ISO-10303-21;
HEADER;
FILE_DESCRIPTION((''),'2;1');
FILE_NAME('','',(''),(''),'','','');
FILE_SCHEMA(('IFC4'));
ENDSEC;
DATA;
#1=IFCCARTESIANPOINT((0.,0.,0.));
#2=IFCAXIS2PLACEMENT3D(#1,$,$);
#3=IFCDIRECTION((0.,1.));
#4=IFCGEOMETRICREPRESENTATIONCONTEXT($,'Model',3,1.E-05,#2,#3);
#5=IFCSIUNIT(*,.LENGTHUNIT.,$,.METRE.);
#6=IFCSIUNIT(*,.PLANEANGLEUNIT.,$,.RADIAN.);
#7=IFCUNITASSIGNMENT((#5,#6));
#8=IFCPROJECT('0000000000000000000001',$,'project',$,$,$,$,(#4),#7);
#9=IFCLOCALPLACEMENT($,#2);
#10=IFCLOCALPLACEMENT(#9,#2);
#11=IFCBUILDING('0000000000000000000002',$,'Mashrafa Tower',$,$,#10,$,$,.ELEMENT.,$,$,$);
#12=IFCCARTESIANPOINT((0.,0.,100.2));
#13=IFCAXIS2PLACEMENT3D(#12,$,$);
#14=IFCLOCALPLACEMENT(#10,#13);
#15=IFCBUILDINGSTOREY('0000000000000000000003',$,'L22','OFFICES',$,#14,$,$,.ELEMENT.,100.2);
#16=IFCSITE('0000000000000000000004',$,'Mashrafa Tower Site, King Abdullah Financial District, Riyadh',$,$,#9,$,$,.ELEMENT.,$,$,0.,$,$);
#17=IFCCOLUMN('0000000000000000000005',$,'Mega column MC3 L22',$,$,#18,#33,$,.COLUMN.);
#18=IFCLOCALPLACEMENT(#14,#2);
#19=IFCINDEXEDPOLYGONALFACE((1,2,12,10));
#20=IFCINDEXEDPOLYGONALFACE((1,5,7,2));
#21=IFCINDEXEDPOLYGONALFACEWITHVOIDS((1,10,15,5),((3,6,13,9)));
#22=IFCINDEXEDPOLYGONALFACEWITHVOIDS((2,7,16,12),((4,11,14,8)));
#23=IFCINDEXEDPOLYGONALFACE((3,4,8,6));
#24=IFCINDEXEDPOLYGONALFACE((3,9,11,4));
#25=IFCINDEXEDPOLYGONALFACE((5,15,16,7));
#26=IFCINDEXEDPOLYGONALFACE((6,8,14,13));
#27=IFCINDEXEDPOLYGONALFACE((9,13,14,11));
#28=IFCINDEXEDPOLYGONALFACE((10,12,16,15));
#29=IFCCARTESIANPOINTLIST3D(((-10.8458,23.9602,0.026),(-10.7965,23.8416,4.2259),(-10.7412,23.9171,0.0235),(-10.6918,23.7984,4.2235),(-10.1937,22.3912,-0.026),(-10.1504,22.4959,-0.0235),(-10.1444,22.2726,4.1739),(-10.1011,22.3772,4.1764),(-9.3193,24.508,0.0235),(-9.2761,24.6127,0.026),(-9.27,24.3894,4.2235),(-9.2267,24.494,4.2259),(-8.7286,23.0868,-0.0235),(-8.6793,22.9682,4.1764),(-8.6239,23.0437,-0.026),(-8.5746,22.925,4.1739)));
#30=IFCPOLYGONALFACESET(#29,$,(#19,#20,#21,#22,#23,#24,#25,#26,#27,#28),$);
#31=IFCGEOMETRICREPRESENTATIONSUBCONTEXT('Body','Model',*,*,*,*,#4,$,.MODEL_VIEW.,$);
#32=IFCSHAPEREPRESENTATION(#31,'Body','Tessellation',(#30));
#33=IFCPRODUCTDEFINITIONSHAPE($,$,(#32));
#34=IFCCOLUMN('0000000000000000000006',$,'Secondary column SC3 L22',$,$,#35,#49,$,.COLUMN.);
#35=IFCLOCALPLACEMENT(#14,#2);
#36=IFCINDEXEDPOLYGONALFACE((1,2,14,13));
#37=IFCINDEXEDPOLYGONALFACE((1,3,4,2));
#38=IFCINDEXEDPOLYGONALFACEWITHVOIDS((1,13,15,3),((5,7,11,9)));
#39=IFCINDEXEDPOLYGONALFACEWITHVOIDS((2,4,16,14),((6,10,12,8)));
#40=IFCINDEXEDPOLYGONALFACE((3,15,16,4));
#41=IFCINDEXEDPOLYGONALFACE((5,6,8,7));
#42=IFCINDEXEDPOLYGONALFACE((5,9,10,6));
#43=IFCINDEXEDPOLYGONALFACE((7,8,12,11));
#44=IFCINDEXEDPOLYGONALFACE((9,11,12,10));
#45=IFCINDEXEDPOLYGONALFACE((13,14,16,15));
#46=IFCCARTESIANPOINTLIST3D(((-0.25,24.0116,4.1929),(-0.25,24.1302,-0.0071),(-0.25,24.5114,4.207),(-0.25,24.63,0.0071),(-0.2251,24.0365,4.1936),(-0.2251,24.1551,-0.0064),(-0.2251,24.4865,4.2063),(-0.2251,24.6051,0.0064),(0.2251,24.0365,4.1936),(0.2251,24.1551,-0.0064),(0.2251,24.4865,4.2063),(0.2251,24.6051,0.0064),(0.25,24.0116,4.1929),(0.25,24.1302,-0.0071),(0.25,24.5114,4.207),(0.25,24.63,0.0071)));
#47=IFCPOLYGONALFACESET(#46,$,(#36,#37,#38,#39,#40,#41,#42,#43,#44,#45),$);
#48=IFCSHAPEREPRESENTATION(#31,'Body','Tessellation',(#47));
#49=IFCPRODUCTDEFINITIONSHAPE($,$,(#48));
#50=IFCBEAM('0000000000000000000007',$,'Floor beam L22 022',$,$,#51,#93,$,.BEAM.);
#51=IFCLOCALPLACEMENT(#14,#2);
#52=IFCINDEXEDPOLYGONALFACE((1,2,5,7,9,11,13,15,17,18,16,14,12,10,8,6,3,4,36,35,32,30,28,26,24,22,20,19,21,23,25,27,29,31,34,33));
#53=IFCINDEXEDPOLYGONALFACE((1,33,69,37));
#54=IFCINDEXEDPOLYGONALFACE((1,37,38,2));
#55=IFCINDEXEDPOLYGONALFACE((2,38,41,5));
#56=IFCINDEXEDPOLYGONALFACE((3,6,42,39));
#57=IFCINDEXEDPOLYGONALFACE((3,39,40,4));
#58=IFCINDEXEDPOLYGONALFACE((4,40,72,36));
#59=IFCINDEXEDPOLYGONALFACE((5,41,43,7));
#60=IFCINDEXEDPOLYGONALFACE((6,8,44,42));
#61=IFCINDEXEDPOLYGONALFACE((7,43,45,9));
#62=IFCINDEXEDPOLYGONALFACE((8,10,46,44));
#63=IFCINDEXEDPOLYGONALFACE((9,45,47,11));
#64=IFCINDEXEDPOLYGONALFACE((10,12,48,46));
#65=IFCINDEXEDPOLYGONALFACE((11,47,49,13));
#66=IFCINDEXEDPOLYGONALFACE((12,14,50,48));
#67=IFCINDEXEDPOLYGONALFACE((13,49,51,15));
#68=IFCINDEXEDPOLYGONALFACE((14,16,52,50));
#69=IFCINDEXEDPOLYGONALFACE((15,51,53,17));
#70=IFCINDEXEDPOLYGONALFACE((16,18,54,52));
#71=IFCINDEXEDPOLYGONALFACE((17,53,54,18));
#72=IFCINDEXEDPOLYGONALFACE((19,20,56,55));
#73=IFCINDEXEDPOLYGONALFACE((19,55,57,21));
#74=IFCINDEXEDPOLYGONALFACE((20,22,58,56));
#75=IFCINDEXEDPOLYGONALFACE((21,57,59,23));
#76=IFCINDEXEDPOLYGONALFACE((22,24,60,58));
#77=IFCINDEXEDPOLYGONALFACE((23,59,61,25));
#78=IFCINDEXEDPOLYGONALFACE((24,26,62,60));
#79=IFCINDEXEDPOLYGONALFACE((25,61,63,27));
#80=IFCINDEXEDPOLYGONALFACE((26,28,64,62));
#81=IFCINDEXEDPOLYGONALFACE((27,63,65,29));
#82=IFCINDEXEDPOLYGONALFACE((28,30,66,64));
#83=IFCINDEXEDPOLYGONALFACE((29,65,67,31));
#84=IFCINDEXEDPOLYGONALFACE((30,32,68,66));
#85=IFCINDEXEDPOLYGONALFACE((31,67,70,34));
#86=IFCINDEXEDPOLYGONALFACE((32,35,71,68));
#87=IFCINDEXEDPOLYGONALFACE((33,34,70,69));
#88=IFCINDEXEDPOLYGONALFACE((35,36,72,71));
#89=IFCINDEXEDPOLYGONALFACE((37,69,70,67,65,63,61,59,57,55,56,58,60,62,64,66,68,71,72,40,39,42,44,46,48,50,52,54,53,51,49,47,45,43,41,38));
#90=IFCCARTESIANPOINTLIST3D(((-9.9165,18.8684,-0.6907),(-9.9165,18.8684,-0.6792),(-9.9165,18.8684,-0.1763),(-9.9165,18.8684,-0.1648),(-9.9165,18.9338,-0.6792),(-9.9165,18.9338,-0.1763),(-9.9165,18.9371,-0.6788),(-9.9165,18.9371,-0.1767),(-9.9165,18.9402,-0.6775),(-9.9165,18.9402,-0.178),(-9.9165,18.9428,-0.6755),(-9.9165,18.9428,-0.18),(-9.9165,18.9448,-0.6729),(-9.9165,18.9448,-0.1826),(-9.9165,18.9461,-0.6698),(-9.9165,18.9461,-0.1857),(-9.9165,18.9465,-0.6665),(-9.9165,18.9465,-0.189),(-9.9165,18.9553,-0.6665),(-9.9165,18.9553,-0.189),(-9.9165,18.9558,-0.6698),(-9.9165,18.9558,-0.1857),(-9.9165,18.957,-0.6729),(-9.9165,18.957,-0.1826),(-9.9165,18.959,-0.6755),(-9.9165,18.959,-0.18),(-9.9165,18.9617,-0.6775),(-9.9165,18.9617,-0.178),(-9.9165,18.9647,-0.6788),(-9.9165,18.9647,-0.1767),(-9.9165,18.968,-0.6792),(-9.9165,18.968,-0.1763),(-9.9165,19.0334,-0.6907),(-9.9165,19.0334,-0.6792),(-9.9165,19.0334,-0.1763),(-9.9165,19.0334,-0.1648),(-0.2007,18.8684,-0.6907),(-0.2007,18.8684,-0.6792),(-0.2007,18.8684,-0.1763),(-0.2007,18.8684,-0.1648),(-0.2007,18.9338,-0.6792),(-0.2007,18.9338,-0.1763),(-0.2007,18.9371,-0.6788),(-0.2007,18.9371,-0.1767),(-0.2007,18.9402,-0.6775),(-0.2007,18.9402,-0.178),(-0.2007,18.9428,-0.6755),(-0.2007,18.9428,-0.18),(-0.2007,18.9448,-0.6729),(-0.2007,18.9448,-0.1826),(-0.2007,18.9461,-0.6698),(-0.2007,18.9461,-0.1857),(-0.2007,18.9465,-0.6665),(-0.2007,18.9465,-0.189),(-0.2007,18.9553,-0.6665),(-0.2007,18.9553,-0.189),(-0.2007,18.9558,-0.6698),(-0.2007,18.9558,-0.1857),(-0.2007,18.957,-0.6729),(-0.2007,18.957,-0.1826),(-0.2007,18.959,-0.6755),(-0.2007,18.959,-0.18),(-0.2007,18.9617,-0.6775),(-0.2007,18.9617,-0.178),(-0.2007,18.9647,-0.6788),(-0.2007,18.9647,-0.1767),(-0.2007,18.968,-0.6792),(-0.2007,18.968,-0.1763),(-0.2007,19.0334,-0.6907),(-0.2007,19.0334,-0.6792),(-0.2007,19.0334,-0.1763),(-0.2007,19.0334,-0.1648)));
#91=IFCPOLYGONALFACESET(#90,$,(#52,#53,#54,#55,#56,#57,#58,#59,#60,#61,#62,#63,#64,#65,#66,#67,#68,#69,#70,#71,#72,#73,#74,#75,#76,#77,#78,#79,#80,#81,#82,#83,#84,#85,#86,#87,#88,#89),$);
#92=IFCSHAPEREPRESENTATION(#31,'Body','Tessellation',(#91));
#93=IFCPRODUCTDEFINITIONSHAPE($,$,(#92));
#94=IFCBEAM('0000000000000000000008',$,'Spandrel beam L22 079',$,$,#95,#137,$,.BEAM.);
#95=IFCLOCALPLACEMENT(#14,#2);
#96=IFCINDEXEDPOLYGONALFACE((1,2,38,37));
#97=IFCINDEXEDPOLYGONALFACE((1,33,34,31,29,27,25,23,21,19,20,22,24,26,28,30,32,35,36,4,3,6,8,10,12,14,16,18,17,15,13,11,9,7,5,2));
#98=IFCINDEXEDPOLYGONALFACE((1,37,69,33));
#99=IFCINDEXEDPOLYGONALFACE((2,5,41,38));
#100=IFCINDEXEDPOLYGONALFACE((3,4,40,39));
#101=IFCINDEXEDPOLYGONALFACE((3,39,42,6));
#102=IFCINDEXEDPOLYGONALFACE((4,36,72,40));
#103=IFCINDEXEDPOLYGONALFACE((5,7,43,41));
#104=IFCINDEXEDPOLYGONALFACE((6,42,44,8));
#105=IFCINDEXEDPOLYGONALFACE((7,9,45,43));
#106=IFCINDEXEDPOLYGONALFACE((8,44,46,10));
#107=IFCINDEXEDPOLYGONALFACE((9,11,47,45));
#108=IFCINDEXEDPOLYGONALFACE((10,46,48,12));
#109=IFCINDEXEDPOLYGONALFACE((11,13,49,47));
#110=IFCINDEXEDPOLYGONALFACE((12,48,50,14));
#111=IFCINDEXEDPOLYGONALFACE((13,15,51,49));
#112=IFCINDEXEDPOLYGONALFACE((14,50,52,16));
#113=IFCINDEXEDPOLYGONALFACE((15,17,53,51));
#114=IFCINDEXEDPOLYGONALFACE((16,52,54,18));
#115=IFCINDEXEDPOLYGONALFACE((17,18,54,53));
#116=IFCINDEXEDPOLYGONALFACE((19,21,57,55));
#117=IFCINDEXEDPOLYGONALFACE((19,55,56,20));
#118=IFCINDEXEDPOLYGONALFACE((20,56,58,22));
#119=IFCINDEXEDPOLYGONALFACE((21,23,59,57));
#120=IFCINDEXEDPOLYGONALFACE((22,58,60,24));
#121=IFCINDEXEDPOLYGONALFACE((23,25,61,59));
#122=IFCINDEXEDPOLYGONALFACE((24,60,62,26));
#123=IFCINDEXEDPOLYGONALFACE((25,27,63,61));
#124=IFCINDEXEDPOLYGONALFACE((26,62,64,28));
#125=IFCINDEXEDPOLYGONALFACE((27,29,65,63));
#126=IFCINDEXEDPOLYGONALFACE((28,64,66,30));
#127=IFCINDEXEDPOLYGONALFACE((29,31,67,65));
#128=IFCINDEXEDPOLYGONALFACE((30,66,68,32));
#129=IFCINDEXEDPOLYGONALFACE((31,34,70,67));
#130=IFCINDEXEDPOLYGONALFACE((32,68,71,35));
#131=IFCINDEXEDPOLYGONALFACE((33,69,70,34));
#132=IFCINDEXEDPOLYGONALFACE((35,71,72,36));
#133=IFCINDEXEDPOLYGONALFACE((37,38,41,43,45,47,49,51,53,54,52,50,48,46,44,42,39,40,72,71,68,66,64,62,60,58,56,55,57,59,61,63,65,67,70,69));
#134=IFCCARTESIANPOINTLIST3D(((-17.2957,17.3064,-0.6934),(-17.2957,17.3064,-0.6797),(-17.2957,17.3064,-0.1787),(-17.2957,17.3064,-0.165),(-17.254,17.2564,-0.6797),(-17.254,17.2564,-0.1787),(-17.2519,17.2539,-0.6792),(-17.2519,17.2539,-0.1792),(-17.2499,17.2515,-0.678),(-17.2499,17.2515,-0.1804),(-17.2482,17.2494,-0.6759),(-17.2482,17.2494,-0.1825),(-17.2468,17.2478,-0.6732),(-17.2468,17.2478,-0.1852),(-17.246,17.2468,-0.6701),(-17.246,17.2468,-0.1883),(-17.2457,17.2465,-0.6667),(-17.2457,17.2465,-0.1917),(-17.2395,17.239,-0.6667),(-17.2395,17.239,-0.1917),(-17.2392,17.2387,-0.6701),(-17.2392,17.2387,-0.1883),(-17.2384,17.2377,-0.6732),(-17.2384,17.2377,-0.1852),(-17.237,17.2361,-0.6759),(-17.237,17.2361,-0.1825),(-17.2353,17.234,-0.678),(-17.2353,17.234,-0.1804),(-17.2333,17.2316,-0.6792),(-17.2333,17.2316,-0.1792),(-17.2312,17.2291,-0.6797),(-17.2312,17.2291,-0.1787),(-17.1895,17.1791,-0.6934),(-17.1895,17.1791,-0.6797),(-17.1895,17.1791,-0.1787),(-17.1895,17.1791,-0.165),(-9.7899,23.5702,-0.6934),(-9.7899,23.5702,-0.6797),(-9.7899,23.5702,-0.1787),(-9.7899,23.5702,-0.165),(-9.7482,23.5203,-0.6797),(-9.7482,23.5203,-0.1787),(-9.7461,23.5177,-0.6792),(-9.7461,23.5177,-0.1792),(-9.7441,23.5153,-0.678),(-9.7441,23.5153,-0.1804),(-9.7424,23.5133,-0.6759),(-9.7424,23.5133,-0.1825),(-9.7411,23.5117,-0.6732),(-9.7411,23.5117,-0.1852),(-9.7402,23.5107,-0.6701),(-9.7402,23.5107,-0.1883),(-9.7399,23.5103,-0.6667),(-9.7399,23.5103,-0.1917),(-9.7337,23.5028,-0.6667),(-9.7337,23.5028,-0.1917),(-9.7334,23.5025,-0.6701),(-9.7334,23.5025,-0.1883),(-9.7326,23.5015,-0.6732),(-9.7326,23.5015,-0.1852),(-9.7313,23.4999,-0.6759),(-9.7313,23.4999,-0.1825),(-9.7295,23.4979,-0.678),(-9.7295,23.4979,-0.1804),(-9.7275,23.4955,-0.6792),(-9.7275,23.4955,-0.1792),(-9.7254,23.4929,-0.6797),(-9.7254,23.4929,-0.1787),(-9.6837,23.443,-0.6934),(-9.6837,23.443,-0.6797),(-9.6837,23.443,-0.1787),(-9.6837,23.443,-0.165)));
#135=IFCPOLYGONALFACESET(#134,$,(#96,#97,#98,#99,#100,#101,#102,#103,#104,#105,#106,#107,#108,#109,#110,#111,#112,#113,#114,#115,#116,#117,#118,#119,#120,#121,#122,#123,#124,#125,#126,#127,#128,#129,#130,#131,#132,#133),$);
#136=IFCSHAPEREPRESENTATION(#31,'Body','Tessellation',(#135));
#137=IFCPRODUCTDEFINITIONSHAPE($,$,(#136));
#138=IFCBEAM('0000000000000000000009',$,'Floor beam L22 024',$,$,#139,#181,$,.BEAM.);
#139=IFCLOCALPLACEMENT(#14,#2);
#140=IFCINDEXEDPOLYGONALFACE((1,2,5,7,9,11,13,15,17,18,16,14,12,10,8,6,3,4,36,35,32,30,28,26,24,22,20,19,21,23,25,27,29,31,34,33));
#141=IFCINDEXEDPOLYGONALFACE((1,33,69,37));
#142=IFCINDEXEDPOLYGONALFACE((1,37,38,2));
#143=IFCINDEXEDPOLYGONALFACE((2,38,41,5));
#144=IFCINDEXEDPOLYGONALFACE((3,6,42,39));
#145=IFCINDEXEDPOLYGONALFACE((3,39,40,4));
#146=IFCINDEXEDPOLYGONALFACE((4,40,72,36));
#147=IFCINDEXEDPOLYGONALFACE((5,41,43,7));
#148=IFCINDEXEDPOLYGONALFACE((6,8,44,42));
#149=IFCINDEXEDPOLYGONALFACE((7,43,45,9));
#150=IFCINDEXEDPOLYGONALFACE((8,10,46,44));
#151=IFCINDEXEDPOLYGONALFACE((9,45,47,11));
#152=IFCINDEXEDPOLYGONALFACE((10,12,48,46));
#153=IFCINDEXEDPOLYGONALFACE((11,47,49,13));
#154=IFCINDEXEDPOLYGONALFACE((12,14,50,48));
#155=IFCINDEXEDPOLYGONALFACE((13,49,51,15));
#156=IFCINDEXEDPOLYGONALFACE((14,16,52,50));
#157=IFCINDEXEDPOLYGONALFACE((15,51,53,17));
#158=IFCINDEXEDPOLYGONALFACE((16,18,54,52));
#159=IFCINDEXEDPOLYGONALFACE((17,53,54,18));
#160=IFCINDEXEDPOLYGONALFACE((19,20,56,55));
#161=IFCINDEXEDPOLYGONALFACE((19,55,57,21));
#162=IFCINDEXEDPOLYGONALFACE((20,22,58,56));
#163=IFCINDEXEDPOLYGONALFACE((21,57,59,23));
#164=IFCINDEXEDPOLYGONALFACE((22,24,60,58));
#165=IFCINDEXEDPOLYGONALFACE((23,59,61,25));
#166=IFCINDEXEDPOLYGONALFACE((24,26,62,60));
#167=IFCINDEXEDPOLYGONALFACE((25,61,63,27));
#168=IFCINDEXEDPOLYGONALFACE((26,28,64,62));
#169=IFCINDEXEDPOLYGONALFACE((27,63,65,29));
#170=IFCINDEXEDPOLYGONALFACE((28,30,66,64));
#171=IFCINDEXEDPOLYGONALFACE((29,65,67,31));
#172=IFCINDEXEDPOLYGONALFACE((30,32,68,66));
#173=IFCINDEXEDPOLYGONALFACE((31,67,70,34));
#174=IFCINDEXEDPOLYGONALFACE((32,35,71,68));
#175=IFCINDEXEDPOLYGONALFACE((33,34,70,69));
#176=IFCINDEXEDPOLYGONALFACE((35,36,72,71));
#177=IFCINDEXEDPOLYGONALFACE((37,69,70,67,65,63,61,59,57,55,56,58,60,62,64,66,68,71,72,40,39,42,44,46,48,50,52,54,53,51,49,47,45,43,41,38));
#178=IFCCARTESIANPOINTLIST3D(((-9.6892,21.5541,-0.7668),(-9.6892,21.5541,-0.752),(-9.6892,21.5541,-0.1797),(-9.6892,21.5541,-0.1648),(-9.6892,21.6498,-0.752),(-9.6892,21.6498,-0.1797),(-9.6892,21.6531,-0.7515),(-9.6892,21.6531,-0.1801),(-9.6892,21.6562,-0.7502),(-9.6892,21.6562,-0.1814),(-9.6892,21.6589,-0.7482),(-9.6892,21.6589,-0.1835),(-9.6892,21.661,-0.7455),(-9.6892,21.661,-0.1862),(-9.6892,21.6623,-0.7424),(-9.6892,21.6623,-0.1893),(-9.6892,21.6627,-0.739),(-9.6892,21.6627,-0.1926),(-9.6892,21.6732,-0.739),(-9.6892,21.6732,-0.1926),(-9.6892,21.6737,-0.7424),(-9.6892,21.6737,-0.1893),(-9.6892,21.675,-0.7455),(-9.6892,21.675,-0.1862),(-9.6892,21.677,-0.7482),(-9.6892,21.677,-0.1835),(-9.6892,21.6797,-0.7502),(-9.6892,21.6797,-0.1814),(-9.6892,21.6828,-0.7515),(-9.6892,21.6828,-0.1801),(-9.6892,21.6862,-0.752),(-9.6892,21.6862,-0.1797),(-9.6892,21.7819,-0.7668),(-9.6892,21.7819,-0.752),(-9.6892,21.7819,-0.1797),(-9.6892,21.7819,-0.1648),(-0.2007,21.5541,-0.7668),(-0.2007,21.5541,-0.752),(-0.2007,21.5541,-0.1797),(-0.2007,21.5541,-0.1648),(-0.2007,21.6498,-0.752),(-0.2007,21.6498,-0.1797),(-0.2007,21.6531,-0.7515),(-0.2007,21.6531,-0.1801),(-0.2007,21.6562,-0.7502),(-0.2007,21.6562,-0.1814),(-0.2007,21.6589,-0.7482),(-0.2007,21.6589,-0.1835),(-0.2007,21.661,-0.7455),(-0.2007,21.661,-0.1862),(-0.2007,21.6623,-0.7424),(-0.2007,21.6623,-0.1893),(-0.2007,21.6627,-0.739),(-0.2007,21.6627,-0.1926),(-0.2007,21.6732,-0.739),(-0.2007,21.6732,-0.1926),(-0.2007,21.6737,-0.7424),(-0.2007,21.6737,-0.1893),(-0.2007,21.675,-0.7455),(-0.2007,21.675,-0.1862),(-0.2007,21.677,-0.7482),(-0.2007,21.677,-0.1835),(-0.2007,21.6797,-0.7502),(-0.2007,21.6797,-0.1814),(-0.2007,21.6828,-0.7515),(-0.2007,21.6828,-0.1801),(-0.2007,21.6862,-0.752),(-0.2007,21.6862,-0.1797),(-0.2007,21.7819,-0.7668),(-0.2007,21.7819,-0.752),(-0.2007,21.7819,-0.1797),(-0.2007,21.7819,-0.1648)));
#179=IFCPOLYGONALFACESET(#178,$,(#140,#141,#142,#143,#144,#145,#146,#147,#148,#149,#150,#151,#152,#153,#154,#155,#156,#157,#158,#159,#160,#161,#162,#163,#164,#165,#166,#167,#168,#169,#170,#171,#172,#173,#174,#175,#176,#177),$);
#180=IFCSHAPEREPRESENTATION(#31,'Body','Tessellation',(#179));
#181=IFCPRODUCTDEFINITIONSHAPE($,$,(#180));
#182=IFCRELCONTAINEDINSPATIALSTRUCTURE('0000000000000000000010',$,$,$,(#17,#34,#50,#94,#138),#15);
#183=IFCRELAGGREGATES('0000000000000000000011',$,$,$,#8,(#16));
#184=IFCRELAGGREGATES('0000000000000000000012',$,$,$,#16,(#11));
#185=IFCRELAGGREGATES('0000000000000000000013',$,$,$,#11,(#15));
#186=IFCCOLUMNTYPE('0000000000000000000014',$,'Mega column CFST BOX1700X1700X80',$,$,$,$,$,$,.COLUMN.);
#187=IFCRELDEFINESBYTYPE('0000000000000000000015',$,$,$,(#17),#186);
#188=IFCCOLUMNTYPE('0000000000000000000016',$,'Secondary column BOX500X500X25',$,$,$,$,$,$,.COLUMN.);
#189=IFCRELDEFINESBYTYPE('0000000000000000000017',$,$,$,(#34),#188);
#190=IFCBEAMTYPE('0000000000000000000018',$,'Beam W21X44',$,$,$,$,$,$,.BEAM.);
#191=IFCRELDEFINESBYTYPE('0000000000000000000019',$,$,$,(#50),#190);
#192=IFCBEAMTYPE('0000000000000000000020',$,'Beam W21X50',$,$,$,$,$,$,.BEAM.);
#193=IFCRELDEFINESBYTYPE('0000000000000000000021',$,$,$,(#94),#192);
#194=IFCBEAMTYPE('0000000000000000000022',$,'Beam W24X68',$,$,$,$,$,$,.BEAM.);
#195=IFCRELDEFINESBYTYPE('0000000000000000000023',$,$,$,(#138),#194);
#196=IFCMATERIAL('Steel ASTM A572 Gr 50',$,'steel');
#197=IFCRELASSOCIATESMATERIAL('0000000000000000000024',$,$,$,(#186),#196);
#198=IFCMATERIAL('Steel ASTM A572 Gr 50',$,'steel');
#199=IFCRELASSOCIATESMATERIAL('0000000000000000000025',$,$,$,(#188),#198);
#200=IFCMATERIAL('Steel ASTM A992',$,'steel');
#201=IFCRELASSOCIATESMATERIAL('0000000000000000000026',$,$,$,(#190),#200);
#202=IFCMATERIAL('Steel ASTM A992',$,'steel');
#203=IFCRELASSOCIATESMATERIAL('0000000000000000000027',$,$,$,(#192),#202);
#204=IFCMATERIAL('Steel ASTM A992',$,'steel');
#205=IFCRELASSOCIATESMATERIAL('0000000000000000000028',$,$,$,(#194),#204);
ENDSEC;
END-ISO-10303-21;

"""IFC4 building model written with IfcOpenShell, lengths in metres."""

from ifc_helpers import new_model, si_unit, direction, frame, origin, origin_2d, place, context, subcontext, project, spatial, hollow_rectangle, i_section, extrude, material, material_profile, profile_set, type_object, element, save


model = new_model("IFC4")

# Units and contexts
model_context = context("Model", 3, precision=1e-05, world=origin(), true_north=direction((0.0, 1.0)))
body_context = subcontext(model_context, "Body", "Model", "MODEL_VIEW")
ifc_project = project(units=[si_unit("LENGTHUNIT", "METRE"), si_unit("PLANEANGLEUNIT", "RADIAN")], contexts=[model_context])

# Site, building, storey
site_placement = place(None, origin())
site = spatial("IfcSite", under=ifc_project, at=site_placement, Name="Mashrafa Tower Site, King Abdullah Financial District, Riyadh", CompositionType="ELEMENT", RefElevation=0.0)
building_placement = place(site_placement, origin())
building = spatial("IfcBuilding", under=site, at=building_placement, Name="Mashrafa Tower", CompositionType="ELEMENT")
storey_placement = place(building_placement, frame((0.0, 0.0, 100.2)))
storey = spatial("IfcBuildingStorey", under=building, at=storey_placement, Name="L22", Description="OFFICES", CompositionType="ELEMENT", Elevation=100.2)

# Columns
ifc_material_1 = material(Name="Steel ASTM A572 Gr 50", Category="steel")
ifc_material_profile_1 = material_profile(ifc_material_1, hollow_rectangle(XDim=1.7, YDim=1.7, WallThickness=0.0801, at=origin_2d()), Name="BOX1700X1700X80")
ifc_profile_set_1 = profile_set([ifc_material_profile_1], Name="Steel ASTM A572 Gr 50")
column_type_1 = type_object("IfcColumnType", Name="Mega column CFST BOX1700X1700X80", PredefinedType="COLUMN", material=ifc_profile_set_1)
column_1_placement = place(storey_placement, frame((-9.7349, 23.502, 0.0), z_axis=(0.011737, -0.028238, 0.999532), x_axis=(0.923414, 0.383806, 0.0)))
element("IfcColumn", 1, at=column_1_placement, inside=storey, type_object=column_type_1, Name="Mega column MC3 L22", PredefinedType="COLUMN", context=body_context, shape_type="SweptSolid", body=[
    extrude(hollow_rectangle(XDim=1.7, YDim=1.7, WallThickness=0.0801, at=origin_2d()), origin(), (0.0, 0.0, 1.0), 4.2019),
])
ifc_material_2 = material(Name="Steel ASTM A572 Gr 50", Category="steel")
ifc_material_profile_2 = material_profile(ifc_material_2, hollow_rectangle(XDim=0.5, YDim=0.5, WallThickness=0.0249, at=origin_2d()), Name="BOX500X500X25")
ifc_profile_set_2 = profile_set([ifc_material_profile_2], Name="Steel ASTM A572 Gr 50")
column_type_2 = type_object("IfcColumnType", Name="Secondary column BOX500X500X25", PredefinedType="COLUMN", material=ifc_profile_set_2)
column_2_placement = place(storey_placement, frame((0.0, 24.3801, 0.0), z_axis=(0.0, -0.02824, 0.999601), x_axis=(1.0, 0.0, 0.0)))
element("IfcColumn", 2, at=column_2_placement, inside=storey, type_object=column_type_2, Name="Secondary column SC3 L22", PredefinedType="COLUMN", context=body_context, shape_type="SweptSolid", body=[
    extrude(hollow_rectangle(XDim=0.5, YDim=0.5, WallThickness=0.0249, at=origin_2d()), origin(), (0.0, 0.0, 1.0), 4.2017),
])

# Beams
ifc_material_3 = material(Name="Steel ASTM A992", Category="steel")
ifc_material_profile_3 = material_profile(ifc_material_3, i_section(OverallWidth=0.165, OverallDepth=0.5259, WebThickness=0.0088, FlangeThickness=0.0115, FilletRadius=0.0127, at=origin_2d()), Name="W21X44")
ifc_profile_set_3 = profile_set([ifc_material_profile_3], Name="Steel ASTM A992")
beam_type_1 = type_object("IfcBeamType", Name="Beam W21X44", PredefinedType="BEAM", material=ifc_profile_set_3)
beam_1_placement = place(storey_placement, frame((-9.9165, 18.9509, -0.4277), z_axis=(1.0, 0.0, 0.0), x_axis=(0.0, 1.0, 0.0)))
element("IfcBeam", 3, at=beam_1_placement, inside=storey, type_object=beam_type_1, Name="Floor beam L22 022", PredefinedType="BEAM", context=body_context, shape_type="SweptSolid", body=[
    extrude(i_section(OverallWidth=0.165, OverallDepth=0.5259, WebThickness=0.0088, FlangeThickness=0.0115, FilletRadius=0.0127, at=origin_2d()), origin(), (0.0, 0.0, 1.0), 9.7158),
])
ifc_material_4 = material(Name="Steel ASTM A992", Category="steel")
ifc_material_profile_4 = material_profile(ifc_material_4, i_section(OverallWidth=0.1658, OverallDepth=0.5283, WebThickness=0.0098, FlangeThickness=0.0137, FilletRadius=0.0129, at=origin_2d()), Name="W21X50")
ifc_profile_set_4 = profile_set([ifc_material_profile_4], Name="Steel ASTM A992")
beam_type_2 = type_object("IfcBeamType", Name="Beam W21X50", PredefinedType="BEAM", material=ifc_profile_set_4)
beam_2_placement = place(storey_placement, frame((-9.7368, 23.5066, -0.4292), z_axis=(-0.767767, -0.64073, 0.0), x_axis=(0.64073, -0.767767, 0.0)))
element("IfcBeam", 4, at=beam_2_placement, inside=storey, type_object=beam_type_2, Name="Spandrel beam L22 079", PredefinedType="BEAM", context=body_context, shape_type="SweptSolid", body=[
    extrude(i_section(OverallWidth=0.1658, OverallDepth=0.5283, WebThickness=0.0098, FlangeThickness=0.0137, FilletRadius=0.0129, at=origin_2d()), origin(), (0.0, 0.0, 1.0), 9.7761),
])
ifc_material_5 = material(Name="Steel ASTM A992", Category="steel")
ifc_material_profile_5 = material_profile(ifc_material_5, i_section(OverallWidth=0.2278, OverallDepth=0.6021, WebThickness=0.0105, FlangeThickness=0.0149, FilletRadius=0.0129, at=origin_2d()), Name="W24X68")
ifc_profile_set_5 = profile_set([ifc_material_profile_5], Name="Steel ASTM A992")
beam_type_3 = type_object("IfcBeamType", Name="Beam W24X68", PredefinedType="BEAM", material=ifc_profile_set_5)
beam_3_placement = place(storey_placement, frame((-9.6892, 21.668, -0.4658), z_axis=(1.0, 0.0, 0.0), x_axis=(0.0, 1.0, 0.0)))
element("IfcBeam", 5, at=beam_3_placement, inside=storey, type_object=beam_type_3, Name="Floor beam L22 024", PredefinedType="BEAM", context=body_context, shape_type="SweptSolid", body=[
    extrude(i_section(OverallWidth=0.2278, OverallDepth=0.6021, WebThickness=0.0105, FlangeThickness=0.0149, FilletRadius=0.0129, at=origin_2d()), origin(), (0.0, 0.0, 1.0), 9.4885),
])

save(model, "model.ifc")
